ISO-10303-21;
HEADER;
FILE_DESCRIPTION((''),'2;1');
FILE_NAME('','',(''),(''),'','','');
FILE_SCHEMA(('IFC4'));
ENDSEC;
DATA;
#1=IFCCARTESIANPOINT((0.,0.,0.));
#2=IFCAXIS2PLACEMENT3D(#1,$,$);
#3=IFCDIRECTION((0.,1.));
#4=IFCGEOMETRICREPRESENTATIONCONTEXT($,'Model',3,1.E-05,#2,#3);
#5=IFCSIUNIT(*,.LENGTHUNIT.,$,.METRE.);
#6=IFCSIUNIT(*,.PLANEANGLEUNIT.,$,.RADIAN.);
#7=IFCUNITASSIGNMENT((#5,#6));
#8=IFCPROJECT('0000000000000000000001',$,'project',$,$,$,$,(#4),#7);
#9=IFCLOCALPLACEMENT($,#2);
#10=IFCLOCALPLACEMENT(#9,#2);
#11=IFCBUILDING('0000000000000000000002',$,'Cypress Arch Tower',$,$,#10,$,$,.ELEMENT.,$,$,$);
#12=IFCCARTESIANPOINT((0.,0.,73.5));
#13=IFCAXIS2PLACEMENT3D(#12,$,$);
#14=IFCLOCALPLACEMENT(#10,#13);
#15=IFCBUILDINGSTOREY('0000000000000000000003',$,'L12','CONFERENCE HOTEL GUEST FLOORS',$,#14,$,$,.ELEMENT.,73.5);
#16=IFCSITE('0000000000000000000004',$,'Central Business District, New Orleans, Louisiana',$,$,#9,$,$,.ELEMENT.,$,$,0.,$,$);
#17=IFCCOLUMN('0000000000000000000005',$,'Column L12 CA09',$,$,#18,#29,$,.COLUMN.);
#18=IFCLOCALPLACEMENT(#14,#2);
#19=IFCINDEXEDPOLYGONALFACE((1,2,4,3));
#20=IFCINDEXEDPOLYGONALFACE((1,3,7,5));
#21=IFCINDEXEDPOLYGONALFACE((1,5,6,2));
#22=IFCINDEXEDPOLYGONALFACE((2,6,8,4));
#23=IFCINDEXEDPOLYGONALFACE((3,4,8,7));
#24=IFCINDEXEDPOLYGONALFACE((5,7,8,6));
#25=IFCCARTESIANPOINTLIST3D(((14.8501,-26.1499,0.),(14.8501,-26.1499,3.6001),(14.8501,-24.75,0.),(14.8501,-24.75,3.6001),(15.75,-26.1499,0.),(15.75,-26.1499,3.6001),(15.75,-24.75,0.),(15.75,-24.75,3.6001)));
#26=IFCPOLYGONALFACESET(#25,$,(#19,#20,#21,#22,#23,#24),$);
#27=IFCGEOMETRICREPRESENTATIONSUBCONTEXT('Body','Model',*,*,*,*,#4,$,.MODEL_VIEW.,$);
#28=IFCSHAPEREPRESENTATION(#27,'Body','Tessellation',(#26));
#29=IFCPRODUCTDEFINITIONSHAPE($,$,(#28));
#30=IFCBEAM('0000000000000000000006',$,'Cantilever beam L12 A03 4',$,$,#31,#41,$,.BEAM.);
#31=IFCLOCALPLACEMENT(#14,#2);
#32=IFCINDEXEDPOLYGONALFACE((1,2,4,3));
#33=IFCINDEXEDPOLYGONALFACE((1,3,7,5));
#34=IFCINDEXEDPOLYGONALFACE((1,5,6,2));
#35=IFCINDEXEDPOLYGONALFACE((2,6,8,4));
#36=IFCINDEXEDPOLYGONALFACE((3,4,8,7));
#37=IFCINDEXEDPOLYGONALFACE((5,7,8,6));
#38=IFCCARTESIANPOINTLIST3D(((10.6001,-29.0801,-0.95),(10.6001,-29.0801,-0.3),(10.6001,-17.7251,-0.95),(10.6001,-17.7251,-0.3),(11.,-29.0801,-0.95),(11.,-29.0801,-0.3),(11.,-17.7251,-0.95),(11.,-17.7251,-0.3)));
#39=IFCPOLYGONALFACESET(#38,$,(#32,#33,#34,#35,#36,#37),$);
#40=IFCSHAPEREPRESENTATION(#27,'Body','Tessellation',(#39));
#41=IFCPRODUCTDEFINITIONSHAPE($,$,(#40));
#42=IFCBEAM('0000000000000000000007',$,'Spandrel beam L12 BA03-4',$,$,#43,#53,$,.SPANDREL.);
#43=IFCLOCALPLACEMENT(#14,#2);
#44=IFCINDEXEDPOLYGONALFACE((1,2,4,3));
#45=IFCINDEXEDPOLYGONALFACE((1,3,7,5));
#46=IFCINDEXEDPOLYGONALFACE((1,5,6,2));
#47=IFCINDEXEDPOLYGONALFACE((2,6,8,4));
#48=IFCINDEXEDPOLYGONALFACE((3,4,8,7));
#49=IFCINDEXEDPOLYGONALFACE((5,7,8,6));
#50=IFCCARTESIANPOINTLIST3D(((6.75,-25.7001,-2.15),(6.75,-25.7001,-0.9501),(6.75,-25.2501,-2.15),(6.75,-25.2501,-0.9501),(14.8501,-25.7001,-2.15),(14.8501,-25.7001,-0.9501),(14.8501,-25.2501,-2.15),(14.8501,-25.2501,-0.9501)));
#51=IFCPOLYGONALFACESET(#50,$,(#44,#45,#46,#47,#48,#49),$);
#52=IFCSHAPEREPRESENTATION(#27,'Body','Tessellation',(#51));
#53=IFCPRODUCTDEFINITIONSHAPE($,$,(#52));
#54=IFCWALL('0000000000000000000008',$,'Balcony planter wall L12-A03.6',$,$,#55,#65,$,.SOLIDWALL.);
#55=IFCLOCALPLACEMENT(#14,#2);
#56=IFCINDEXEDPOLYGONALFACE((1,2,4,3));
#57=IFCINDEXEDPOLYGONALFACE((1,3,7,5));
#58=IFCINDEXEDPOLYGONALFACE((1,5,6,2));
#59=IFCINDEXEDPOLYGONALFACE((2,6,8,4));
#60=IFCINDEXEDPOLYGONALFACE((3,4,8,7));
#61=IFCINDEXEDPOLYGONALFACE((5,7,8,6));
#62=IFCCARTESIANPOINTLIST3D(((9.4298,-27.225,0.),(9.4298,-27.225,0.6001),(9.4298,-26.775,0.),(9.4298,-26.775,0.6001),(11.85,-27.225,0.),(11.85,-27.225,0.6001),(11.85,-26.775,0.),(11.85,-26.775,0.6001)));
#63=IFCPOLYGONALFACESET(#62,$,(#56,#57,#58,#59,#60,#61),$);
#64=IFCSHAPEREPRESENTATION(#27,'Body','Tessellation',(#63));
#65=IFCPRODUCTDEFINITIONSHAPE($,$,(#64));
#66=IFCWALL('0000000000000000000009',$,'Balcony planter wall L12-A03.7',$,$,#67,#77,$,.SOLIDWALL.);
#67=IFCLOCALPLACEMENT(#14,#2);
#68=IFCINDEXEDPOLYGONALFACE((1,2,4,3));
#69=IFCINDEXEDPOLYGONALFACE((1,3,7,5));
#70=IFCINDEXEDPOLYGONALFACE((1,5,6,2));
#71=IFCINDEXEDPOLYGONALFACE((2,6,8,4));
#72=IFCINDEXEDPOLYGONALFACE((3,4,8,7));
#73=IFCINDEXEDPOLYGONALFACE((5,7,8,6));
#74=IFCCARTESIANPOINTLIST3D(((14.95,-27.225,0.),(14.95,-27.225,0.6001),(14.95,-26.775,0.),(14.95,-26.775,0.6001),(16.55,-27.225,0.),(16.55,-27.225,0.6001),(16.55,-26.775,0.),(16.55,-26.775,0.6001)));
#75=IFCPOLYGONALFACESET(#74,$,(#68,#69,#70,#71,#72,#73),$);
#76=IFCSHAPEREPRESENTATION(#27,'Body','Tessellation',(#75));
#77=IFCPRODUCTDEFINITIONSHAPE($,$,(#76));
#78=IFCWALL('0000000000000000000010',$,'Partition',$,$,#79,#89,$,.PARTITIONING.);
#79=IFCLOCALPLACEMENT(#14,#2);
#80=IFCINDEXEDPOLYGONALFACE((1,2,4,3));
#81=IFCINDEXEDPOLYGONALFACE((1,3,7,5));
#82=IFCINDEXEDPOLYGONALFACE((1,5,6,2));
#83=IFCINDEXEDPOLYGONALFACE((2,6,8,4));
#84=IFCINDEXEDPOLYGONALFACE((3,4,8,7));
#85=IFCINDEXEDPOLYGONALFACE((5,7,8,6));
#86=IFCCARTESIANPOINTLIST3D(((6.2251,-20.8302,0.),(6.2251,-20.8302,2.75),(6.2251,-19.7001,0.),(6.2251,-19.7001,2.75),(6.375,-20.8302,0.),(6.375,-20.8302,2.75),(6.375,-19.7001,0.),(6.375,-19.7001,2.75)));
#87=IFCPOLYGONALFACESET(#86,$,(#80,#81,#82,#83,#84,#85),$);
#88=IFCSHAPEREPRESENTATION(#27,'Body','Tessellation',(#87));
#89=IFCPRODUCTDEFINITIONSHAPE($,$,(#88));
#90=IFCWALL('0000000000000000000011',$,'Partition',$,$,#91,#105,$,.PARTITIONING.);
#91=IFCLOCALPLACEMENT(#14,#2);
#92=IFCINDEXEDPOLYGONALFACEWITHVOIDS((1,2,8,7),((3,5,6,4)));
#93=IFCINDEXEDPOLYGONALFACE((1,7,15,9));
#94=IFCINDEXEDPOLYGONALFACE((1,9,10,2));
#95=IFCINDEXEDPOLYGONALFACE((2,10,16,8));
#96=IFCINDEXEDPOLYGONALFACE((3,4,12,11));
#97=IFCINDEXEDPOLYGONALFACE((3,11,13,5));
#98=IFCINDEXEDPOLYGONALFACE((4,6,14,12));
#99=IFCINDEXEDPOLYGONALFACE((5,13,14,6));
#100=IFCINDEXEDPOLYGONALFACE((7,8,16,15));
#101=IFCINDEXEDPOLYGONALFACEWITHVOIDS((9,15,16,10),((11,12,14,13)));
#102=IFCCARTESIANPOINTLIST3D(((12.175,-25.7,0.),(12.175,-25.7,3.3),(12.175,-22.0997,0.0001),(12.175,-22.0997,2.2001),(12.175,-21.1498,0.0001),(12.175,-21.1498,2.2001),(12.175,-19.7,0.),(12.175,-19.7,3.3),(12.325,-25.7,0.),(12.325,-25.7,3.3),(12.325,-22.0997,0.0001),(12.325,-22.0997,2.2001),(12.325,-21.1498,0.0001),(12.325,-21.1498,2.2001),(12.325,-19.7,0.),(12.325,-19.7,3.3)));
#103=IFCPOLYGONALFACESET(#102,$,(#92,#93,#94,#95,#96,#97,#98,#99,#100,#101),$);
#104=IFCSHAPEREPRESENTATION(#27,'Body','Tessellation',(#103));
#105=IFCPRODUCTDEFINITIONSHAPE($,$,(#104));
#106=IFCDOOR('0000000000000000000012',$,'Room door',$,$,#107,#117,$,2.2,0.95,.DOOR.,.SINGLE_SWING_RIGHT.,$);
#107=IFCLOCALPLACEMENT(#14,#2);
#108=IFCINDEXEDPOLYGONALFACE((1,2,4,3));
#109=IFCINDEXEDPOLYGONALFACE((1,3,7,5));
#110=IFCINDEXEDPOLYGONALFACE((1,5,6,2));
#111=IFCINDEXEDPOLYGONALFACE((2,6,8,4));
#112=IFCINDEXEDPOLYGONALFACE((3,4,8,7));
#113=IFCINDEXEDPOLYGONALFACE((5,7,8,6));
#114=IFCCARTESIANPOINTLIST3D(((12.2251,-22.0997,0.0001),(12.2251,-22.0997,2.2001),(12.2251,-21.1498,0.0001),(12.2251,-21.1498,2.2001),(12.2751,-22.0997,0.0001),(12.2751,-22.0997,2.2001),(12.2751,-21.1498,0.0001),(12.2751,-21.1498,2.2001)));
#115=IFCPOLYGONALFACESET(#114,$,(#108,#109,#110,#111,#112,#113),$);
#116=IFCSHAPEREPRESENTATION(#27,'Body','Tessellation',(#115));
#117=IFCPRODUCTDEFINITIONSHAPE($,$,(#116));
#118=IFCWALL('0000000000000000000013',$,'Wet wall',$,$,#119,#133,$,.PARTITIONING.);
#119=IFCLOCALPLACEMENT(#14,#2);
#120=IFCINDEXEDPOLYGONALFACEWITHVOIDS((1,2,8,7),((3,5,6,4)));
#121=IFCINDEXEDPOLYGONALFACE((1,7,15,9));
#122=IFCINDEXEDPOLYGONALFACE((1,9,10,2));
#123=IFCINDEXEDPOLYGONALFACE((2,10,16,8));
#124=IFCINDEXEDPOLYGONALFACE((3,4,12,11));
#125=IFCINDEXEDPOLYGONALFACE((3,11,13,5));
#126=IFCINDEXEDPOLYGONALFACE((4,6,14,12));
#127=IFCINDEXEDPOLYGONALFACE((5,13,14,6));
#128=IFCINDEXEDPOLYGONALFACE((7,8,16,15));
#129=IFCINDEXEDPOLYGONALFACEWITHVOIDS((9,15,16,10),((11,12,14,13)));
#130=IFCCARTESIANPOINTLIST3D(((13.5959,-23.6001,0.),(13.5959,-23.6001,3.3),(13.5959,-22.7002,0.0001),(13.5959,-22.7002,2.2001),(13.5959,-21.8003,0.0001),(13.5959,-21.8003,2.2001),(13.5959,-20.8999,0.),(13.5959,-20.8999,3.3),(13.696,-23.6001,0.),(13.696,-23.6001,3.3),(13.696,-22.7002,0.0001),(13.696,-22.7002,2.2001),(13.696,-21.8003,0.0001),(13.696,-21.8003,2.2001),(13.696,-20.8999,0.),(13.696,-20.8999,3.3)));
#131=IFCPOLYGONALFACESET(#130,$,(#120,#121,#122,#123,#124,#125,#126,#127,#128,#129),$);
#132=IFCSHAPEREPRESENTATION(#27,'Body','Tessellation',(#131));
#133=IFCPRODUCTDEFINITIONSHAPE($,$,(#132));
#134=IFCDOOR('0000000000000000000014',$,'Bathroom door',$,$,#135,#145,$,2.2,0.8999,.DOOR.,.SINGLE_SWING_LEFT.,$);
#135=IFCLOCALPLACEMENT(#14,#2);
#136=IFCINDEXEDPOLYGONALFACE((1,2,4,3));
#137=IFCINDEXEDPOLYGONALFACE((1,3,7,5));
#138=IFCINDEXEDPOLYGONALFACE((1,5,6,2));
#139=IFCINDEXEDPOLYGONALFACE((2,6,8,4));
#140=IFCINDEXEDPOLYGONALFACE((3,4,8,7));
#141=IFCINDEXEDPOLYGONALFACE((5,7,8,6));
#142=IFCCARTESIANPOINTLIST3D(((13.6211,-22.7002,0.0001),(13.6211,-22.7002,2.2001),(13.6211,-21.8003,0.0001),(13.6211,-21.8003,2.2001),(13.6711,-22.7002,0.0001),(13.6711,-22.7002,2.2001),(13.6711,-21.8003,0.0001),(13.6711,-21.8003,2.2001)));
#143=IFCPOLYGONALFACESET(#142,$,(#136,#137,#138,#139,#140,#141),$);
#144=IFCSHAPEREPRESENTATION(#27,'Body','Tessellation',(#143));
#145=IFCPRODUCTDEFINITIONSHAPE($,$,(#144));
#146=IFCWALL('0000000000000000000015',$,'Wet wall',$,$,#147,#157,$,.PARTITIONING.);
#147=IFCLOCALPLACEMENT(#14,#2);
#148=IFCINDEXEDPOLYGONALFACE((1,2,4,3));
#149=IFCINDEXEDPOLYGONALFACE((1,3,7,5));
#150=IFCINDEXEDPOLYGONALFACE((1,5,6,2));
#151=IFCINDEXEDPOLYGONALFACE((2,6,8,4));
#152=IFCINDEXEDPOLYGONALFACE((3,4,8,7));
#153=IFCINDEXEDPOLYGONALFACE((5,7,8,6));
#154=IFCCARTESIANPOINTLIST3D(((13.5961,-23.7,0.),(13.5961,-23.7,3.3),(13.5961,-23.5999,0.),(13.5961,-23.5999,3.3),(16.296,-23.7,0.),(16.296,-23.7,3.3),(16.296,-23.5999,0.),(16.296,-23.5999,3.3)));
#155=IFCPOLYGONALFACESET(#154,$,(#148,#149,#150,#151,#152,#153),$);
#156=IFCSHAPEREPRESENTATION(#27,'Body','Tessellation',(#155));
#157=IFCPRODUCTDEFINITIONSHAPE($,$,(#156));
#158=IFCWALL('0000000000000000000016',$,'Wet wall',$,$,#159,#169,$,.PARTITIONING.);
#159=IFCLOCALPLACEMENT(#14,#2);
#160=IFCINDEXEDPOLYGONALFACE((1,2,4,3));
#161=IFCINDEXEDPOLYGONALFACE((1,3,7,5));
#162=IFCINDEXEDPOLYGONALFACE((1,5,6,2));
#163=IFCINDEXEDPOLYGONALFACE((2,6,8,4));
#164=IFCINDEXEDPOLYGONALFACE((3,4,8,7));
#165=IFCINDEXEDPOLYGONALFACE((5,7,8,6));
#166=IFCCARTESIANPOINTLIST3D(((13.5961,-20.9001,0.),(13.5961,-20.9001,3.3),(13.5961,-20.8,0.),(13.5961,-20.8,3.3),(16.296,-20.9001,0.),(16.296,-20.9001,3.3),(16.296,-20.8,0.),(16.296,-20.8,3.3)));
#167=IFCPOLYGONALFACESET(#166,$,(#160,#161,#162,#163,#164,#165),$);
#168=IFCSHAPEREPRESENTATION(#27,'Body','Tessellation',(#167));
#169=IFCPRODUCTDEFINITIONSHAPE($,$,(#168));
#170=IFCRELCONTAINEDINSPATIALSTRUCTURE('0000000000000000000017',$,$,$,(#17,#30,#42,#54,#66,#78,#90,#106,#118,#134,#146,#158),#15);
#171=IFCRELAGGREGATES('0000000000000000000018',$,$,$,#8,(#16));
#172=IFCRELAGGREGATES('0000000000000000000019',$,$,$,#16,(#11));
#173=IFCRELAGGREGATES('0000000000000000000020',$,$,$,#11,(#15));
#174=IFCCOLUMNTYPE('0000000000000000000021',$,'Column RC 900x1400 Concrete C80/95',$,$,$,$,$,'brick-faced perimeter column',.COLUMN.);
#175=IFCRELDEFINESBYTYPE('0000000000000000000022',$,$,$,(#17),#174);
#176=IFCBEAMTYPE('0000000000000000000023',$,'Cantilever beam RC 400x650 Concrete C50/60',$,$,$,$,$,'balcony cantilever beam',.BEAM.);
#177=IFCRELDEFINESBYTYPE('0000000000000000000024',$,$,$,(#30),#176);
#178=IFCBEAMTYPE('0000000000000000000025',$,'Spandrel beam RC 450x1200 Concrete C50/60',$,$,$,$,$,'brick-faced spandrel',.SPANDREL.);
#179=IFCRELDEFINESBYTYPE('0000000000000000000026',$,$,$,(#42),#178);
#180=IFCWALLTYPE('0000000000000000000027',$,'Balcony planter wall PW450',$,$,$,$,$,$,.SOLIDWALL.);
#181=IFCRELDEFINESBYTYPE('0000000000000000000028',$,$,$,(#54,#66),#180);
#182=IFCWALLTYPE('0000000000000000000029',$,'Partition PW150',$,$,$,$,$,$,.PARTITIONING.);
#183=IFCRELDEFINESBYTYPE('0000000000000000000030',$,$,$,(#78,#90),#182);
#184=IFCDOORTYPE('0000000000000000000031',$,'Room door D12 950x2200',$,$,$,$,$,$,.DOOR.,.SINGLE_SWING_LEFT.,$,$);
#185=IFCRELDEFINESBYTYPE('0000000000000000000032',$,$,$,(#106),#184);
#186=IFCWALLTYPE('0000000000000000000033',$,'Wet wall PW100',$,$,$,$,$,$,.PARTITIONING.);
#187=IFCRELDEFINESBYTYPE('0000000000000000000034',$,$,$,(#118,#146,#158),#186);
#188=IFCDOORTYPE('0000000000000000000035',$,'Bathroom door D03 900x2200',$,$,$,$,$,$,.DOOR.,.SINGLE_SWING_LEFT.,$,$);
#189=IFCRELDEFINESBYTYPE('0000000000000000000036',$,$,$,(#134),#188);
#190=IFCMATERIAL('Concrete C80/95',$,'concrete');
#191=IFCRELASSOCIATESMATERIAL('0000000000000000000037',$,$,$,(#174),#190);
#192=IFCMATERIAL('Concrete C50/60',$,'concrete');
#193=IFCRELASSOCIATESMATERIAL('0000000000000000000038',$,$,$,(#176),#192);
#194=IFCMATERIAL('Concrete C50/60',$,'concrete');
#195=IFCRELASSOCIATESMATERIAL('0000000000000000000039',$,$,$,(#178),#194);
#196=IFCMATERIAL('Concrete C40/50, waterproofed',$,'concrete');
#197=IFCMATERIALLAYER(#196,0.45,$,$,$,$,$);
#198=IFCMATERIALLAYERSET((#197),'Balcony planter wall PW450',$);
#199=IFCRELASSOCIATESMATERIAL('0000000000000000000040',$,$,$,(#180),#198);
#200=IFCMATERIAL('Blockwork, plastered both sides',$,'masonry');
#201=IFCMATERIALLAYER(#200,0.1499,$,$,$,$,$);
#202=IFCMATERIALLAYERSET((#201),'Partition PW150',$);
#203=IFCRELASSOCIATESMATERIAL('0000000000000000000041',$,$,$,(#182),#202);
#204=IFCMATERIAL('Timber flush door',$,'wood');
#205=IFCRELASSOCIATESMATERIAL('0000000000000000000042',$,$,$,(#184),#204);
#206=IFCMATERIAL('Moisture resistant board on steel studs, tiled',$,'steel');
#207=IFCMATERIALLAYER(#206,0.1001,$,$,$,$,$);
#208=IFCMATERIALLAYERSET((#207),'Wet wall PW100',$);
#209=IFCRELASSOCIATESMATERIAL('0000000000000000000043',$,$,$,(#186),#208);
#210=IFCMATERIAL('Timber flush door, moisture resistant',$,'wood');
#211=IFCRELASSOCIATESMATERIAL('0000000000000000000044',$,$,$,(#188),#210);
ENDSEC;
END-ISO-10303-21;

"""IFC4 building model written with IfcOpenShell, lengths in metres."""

from ifc_helpers import new_model, si_unit, direction, frame, frame_2d, origin, origin_2d, place, context, subcontext, project, spatial, rectangle, extrude, material, layer, layer_set, material_profile, profile_set, type_object, element, fill, save


model = new_model("IFC4")

# Units and contexts
model_context = context("Model", 3, precision=1e-05, world=origin(), true_north=direction((0.0, 1.0)))
body_context = subcontext(model_context, "Body", "Model", "MODEL_VIEW")
ifc_project = project(units=[si_unit("LENGTHUNIT", "METRE"), si_unit("PLANEANGLEUNIT", "RADIAN")], contexts=[model_context])

# Site, building, storey
site_placement = place(None, origin())
site = spatial("IfcSite", under=ifc_project, at=site_placement, Name="Central Business District, New Orleans, Louisiana", CompositionType="ELEMENT", RefElevation=0.0)
building_placement = place(site_placement, origin())
building = spatial("IfcBuilding", under=site, at=building_placement, Name="Cypress Arch Tower", CompositionType="ELEMENT")
storey_placement = place(building_placement, frame((0.0, 0.0, 73.5)))
storey = spatial("IfcBuildingStorey", under=building, at=storey_placement, Name="L12", Description="CONFERENCE HOTEL GUEST FLOORS", CompositionType="ELEMENT", Elevation=73.5)

# Column
ifc_material_1 = material(Name="Concrete C80/95", Category="concrete")
ifc_material_profile_1 = material_profile(ifc_material_1, rectangle(XDim=0.8999, YDim=1.3999, at=origin_2d()), Name="RC 900x1400")
ifc_profile_set_1 = profile_set([ifc_material_profile_1], Name="Concrete C80/95")
column_type = type_object("IfcColumnType", Name="Column RC 900x1400 Concrete C80/95", ElementType="brick-faced perimeter column", PredefinedType="COLUMN", material=ifc_profile_set_1)
column_placement = place(storey_placement, frame((15.3, -25.45, 0.0), z_axis=(0.0, 0.0, 1.0), x_axis=(1.0, 0.0, 0.0)))
element("IfcColumn", 1, at=column_placement, inside=storey, type_object=column_type, Name="Column L12 CA09", PredefinedType="COLUMN", context=body_context, shape_type="SweptSolid", body=[
    extrude(rectangle(XDim=0.8999, YDim=1.3999, at=origin_2d()), origin(), (0.0, 0.0, 1.0), 3.6001),
])

# Beams
ifc_material_2 = material(Name="Concrete C50/60", Category="concrete")
ifc_material_profile_2 = material_profile(ifc_material_2, rectangle(XDim=0.3999, YDim=0.6499, at=origin_2d()), Name="RC 400x650")
ifc_profile_set_2 = profile_set([ifc_material_profile_2], Name="Concrete C50/60")
beam_type_1 = type_object("IfcBeamType", Name="Cantilever beam RC 400x650 Concrete C50/60", ElementType="balcony cantilever beam", PredefinedType="BEAM", material=ifc_profile_set_2)
beam_1_placement = place(storey_placement, frame((10.8, -17.7251, -0.625), z_axis=(0.0, -1.0, 0.0), x_axis=(1.0, 0.0, 0.0)))
element("IfcBeam", 2, at=beam_1_placement, inside=storey, type_object=beam_type_1, Name="Cantilever beam L12 A03 4", PredefinedType="BEAM", context=body_context, shape_type="SweptSolid", body=[
    extrude(rectangle(XDim=0.3999, YDim=0.6499, at=origin_2d()), origin(), (0.0, 0.0, 1.0), 11.355),
])
ifc_material_3 = material(Name="Concrete C50/60", Category="concrete")
ifc_material_profile_3 = material_profile(ifc_material_3, rectangle(XDim=0.45, YDim=1.2, at=origin_2d()), Name="RC 450x1200")
ifc_profile_set_3 = profile_set([ifc_material_profile_3], Name="Concrete C50/60")
beam_type_2 = type_object("IfcBeamType", Name="Spandrel beam RC 450x1200 Concrete C50/60", ElementType="brick-faced spandrel", PredefinedType="SPANDREL", material=ifc_profile_set_3)
beam_2_placement = place(storey_placement, frame((6.75, -25.4751, -1.55), z_axis=(1.0, 0.0, 0.0), x_axis=(0.0, 1.0, 0.0)))
element("IfcBeam", 3, at=beam_2_placement, inside=storey, type_object=beam_type_2, Name="Spandrel beam L12 BA03-4", PredefinedType="SPANDREL", context=body_context, shape_type="SweptSolid", body=[
    extrude(rectangle(XDim=0.45, YDim=1.2, at=origin_2d()), origin(), (0.0, 0.0, 1.0), 8.1001),
])

# Walls
ifc_material_4 = material(Name="Concrete C40/50, waterproofed", Category="concrete")
ifc_layer_1 = layer(ifc_material_4, 0.45)
ifc_layer_set_1 = layer_set([ifc_layer_1], Name="Balcony planter wall PW450")
wall_type_1 = type_object("IfcWallType", Name="Balcony planter wall PW450", PredefinedType="SOLIDWALL", material=ifc_layer_set_1)
wall_1_placement = place(storey_placement, frame((9.4299, -27.0, 0.0), z_axis=(0.0, 0.0, 1.0), x_axis=(1.0, 0.0, 0.0)))
element("IfcWall", 4, at=wall_1_placement, inside=storey, type_object=wall_type_1, Name="Balcony planter wall L12-A03.6", PredefinedType="SOLIDWALL", context=body_context, shape_type="SweptSolid", body=[
    extrude(rectangle(XDim=2.4202, YDim=0.45, at=frame_2d((1.21, 0.0))), origin(), (0.0, 0.0, 1.0), 0.6001),
])
wall_2_placement = place(storey_placement, frame((14.95, -27.0, 0.0), z_axis=(0.0, 0.0, 1.0), x_axis=(1.0, 0.0, 0.0)))
element("IfcWall", 5, at=wall_2_placement, inside=storey, type_object=wall_type_1, Name="Balcony planter wall L12-A03.7", PredefinedType="SOLIDWALL", context=body_context, shape_type="SweptSolid", body=[
    extrude(rectangle(XDim=1.6001, YDim=0.45, at=frame_2d((0.8, 0.0))), origin(), (0.0, 0.0, 1.0), 0.6001),
])

# Wall
ifc_material_5 = material(Name="Blockwork, plastered both sides", Category="masonry")
ifc_layer_2 = layer(ifc_material_5, 0.1499)
ifc_layer_set_2 = layer_set([ifc_layer_2], Name="Partition PW150")
wall_type_2 = type_object("IfcWallType", Name="Partition PW150", PredefinedType="PARTITIONING", material=ifc_layer_set_2)
wall_3_placement = place(storey_placement, frame((6.3, -20.8301, 0.0), z_axis=(0.0, 0.0, 1.0), x_axis=(0.0, 1.0, 0.0)))
element("IfcWall", 6, at=wall_3_placement, inside=storey, type_object=wall_type_2, Name="Partition", PredefinedType="PARTITIONING", context=body_context, shape_type="SweptSolid", body=[
    extrude(rectangle(XDim=1.1301, YDim=0.1499, at=frame_2d((0.5649, 0.0))), origin(), (0.0, 0.0, 1.0), 2.75),
])

# Walls, openings, doors
wall_4_placement = place(storey_placement, frame((12.25, -25.7, 0.0), z_axis=(0.0, 0.0, 1.0), x_axis=(0.0, 1.0, 0.0)))
wall_4 = element("IfcWall", 7, at=wall_4_placement, inside=storey, type_object=wall_type_2, Name="Partition", PredefinedType="PARTITIONING", context=body_context, shape_type="SweptSolid", body=[
    extrude(rectangle(XDim=6.0, YDim=0.1499, at=frame_2d((3.0, 0.0))), origin(), (0.0, 0.0, 1.0), 3.3),
])
opening_1_placement = place(wall_4_placement, frame((3.6001, 0.0, 0.0)))
opening_1 = element("IfcOpeningElement", 8, at=opening_1_placement, cuts=wall_4, PredefinedType="OPENING", context=body_context, shape_type="SweptSolid", body=[
    extrude(rectangle(XDim=0.95, YDim=2.2, at=frame_2d((0.4751, 1.1001))), frame((0.0, 0.085, 0.0), z_axis=(0.0, -1.0, 0.0), x_axis=(1.0, 0.0, 0.0)), (0.0, 0.0, 1.0), 0.1699),
])
ifc_material_6 = material(Name="Timber flush door", Category="wood")
door_type_1 = type_object("IfcDoorType", Name="Room door D12 950x2200", OperationType="SINGLE_SWING_LEFT", PredefinedType="DOOR", material=ifc_material_6)
door_1_placement = place(opening_1_placement, origin())
door_1 = element("IfcDoor", 9, at=door_1_placement, inside=storey, type_object=door_type_1, Name="Room door", OperationType="SINGLE_SWING_RIGHT", OverallHeight=2.2, OverallWidth=0.95, PredefinedType="DOOR", context=body_context, shape_type="SweptSolid", body=[
    extrude(rectangle(XDim=0.95, YDim=2.2, at=frame_2d((0.4751, 1.1001))), frame((0.0, 0.0249, 0.0), z_axis=(0.0, -1.0, 0.0), x_axis=(1.0, 0.0, 0.0)), (0.0, 0.0, 1.0), 0.05),
])
fill(opening_1, door_1)
ifc_material_7 = material(Name="Moisture resistant board on steel studs, tiled", Category="steel")
ifc_layer_3 = layer(ifc_material_7, 0.1001)
ifc_layer_set_3 = layer_set([ifc_layer_3], Name="Wet wall PW100")
wall_type_3 = type_object("IfcWallType", Name="Wet wall PW100", PredefinedType="PARTITIONING", material=ifc_layer_set_3)
wall_5_placement = place(storey_placement, frame((13.646, -23.6001, 0.0), z_axis=(0.0, 0.0, 1.0), x_axis=(0.0, 1.0, 0.0)))
wall_5 = element("IfcWall", 10, at=wall_5_placement, inside=storey, type_object=wall_type_3, Name="Wet wall", PredefinedType="PARTITIONING", context=body_context, shape_type="SweptSolid", body=[
    extrude(rectangle(XDim=2.7002, YDim=0.1001, at=frame_2d((1.3501, 0.0))), origin(), (0.0, 0.0, 1.0), 3.3),
])
opening_2_placement = place(wall_5_placement, frame((0.8999, 0.0, 0.0)))
opening_2 = element("IfcOpeningElement", 11, at=opening_2_placement, cuts=wall_5, PredefinedType="OPENING", context=body_context, shape_type="SweptSolid", body=[
    extrude(rectangle(XDim=0.8999, YDim=2.2, at=frame_2d((0.45, 1.1001))), frame((0.0, 0.0601, 0.0), z_axis=(0.0, -1.0, 0.0), x_axis=(1.0, 0.0, 0.0)), (0.0, 0.0, 1.0), 0.1201),
])
ifc_material_8 = material(Name="Timber flush door, moisture resistant", Category="wood")
door_type_2 = type_object("IfcDoorType", Name="Bathroom door D03 900x2200", OperationType="SINGLE_SWING_LEFT", PredefinedType="DOOR", material=ifc_material_8)
door_2_placement = place(opening_2_placement, origin())
door_2 = element("IfcDoor", 12, at=door_2_placement, inside=storey, type_object=door_type_2, Name="Bathroom door", OperationType="SINGLE_SWING_LEFT", OverallHeight=2.2, OverallWidth=0.8999, PredefinedType="DOOR", context=body_context, shape_type="SweptSolid", body=[
    extrude(rectangle(XDim=0.8999, YDim=2.2, at=frame_2d((0.45, 1.1001))), frame((0.0, 0.0249, 0.0), z_axis=(0.0, -1.0, 0.0), x_axis=(1.0, 0.0, 0.0)), (0.0, 0.0, 1.0), 0.05),
])
fill(opening_2, door_2)

# Walls
for number, where, z_axis, x_axis, name in (
    (13, (13.5959, -23.6499, 0.0), (0.0, 0.0, 1.0), (1.0, 0.0, 0.0), "Wet wall"),
    (14, (13.5959, -20.8501, 0.0), (0.0, 0.0, 1.0), (1.0, 0.0, 0.0), "Wet wall"),
):
    element("IfcWall", number, at=place(storey_placement, frame(where, z_axis=z_axis, x_axis=x_axis)), inside=storey, type_object=wall_type_3, Name=name, PredefinedType="PARTITIONING", context=body_context, shape_type="SweptSolid", body=[
        extrude(rectangle(XDim=2.7, YDim=0.1001, at=frame_2d((1.3501, 0.0))), origin(), (0.0, 0.0, 1.0), 3.3),
    ])

save(model, "model.ifc")
